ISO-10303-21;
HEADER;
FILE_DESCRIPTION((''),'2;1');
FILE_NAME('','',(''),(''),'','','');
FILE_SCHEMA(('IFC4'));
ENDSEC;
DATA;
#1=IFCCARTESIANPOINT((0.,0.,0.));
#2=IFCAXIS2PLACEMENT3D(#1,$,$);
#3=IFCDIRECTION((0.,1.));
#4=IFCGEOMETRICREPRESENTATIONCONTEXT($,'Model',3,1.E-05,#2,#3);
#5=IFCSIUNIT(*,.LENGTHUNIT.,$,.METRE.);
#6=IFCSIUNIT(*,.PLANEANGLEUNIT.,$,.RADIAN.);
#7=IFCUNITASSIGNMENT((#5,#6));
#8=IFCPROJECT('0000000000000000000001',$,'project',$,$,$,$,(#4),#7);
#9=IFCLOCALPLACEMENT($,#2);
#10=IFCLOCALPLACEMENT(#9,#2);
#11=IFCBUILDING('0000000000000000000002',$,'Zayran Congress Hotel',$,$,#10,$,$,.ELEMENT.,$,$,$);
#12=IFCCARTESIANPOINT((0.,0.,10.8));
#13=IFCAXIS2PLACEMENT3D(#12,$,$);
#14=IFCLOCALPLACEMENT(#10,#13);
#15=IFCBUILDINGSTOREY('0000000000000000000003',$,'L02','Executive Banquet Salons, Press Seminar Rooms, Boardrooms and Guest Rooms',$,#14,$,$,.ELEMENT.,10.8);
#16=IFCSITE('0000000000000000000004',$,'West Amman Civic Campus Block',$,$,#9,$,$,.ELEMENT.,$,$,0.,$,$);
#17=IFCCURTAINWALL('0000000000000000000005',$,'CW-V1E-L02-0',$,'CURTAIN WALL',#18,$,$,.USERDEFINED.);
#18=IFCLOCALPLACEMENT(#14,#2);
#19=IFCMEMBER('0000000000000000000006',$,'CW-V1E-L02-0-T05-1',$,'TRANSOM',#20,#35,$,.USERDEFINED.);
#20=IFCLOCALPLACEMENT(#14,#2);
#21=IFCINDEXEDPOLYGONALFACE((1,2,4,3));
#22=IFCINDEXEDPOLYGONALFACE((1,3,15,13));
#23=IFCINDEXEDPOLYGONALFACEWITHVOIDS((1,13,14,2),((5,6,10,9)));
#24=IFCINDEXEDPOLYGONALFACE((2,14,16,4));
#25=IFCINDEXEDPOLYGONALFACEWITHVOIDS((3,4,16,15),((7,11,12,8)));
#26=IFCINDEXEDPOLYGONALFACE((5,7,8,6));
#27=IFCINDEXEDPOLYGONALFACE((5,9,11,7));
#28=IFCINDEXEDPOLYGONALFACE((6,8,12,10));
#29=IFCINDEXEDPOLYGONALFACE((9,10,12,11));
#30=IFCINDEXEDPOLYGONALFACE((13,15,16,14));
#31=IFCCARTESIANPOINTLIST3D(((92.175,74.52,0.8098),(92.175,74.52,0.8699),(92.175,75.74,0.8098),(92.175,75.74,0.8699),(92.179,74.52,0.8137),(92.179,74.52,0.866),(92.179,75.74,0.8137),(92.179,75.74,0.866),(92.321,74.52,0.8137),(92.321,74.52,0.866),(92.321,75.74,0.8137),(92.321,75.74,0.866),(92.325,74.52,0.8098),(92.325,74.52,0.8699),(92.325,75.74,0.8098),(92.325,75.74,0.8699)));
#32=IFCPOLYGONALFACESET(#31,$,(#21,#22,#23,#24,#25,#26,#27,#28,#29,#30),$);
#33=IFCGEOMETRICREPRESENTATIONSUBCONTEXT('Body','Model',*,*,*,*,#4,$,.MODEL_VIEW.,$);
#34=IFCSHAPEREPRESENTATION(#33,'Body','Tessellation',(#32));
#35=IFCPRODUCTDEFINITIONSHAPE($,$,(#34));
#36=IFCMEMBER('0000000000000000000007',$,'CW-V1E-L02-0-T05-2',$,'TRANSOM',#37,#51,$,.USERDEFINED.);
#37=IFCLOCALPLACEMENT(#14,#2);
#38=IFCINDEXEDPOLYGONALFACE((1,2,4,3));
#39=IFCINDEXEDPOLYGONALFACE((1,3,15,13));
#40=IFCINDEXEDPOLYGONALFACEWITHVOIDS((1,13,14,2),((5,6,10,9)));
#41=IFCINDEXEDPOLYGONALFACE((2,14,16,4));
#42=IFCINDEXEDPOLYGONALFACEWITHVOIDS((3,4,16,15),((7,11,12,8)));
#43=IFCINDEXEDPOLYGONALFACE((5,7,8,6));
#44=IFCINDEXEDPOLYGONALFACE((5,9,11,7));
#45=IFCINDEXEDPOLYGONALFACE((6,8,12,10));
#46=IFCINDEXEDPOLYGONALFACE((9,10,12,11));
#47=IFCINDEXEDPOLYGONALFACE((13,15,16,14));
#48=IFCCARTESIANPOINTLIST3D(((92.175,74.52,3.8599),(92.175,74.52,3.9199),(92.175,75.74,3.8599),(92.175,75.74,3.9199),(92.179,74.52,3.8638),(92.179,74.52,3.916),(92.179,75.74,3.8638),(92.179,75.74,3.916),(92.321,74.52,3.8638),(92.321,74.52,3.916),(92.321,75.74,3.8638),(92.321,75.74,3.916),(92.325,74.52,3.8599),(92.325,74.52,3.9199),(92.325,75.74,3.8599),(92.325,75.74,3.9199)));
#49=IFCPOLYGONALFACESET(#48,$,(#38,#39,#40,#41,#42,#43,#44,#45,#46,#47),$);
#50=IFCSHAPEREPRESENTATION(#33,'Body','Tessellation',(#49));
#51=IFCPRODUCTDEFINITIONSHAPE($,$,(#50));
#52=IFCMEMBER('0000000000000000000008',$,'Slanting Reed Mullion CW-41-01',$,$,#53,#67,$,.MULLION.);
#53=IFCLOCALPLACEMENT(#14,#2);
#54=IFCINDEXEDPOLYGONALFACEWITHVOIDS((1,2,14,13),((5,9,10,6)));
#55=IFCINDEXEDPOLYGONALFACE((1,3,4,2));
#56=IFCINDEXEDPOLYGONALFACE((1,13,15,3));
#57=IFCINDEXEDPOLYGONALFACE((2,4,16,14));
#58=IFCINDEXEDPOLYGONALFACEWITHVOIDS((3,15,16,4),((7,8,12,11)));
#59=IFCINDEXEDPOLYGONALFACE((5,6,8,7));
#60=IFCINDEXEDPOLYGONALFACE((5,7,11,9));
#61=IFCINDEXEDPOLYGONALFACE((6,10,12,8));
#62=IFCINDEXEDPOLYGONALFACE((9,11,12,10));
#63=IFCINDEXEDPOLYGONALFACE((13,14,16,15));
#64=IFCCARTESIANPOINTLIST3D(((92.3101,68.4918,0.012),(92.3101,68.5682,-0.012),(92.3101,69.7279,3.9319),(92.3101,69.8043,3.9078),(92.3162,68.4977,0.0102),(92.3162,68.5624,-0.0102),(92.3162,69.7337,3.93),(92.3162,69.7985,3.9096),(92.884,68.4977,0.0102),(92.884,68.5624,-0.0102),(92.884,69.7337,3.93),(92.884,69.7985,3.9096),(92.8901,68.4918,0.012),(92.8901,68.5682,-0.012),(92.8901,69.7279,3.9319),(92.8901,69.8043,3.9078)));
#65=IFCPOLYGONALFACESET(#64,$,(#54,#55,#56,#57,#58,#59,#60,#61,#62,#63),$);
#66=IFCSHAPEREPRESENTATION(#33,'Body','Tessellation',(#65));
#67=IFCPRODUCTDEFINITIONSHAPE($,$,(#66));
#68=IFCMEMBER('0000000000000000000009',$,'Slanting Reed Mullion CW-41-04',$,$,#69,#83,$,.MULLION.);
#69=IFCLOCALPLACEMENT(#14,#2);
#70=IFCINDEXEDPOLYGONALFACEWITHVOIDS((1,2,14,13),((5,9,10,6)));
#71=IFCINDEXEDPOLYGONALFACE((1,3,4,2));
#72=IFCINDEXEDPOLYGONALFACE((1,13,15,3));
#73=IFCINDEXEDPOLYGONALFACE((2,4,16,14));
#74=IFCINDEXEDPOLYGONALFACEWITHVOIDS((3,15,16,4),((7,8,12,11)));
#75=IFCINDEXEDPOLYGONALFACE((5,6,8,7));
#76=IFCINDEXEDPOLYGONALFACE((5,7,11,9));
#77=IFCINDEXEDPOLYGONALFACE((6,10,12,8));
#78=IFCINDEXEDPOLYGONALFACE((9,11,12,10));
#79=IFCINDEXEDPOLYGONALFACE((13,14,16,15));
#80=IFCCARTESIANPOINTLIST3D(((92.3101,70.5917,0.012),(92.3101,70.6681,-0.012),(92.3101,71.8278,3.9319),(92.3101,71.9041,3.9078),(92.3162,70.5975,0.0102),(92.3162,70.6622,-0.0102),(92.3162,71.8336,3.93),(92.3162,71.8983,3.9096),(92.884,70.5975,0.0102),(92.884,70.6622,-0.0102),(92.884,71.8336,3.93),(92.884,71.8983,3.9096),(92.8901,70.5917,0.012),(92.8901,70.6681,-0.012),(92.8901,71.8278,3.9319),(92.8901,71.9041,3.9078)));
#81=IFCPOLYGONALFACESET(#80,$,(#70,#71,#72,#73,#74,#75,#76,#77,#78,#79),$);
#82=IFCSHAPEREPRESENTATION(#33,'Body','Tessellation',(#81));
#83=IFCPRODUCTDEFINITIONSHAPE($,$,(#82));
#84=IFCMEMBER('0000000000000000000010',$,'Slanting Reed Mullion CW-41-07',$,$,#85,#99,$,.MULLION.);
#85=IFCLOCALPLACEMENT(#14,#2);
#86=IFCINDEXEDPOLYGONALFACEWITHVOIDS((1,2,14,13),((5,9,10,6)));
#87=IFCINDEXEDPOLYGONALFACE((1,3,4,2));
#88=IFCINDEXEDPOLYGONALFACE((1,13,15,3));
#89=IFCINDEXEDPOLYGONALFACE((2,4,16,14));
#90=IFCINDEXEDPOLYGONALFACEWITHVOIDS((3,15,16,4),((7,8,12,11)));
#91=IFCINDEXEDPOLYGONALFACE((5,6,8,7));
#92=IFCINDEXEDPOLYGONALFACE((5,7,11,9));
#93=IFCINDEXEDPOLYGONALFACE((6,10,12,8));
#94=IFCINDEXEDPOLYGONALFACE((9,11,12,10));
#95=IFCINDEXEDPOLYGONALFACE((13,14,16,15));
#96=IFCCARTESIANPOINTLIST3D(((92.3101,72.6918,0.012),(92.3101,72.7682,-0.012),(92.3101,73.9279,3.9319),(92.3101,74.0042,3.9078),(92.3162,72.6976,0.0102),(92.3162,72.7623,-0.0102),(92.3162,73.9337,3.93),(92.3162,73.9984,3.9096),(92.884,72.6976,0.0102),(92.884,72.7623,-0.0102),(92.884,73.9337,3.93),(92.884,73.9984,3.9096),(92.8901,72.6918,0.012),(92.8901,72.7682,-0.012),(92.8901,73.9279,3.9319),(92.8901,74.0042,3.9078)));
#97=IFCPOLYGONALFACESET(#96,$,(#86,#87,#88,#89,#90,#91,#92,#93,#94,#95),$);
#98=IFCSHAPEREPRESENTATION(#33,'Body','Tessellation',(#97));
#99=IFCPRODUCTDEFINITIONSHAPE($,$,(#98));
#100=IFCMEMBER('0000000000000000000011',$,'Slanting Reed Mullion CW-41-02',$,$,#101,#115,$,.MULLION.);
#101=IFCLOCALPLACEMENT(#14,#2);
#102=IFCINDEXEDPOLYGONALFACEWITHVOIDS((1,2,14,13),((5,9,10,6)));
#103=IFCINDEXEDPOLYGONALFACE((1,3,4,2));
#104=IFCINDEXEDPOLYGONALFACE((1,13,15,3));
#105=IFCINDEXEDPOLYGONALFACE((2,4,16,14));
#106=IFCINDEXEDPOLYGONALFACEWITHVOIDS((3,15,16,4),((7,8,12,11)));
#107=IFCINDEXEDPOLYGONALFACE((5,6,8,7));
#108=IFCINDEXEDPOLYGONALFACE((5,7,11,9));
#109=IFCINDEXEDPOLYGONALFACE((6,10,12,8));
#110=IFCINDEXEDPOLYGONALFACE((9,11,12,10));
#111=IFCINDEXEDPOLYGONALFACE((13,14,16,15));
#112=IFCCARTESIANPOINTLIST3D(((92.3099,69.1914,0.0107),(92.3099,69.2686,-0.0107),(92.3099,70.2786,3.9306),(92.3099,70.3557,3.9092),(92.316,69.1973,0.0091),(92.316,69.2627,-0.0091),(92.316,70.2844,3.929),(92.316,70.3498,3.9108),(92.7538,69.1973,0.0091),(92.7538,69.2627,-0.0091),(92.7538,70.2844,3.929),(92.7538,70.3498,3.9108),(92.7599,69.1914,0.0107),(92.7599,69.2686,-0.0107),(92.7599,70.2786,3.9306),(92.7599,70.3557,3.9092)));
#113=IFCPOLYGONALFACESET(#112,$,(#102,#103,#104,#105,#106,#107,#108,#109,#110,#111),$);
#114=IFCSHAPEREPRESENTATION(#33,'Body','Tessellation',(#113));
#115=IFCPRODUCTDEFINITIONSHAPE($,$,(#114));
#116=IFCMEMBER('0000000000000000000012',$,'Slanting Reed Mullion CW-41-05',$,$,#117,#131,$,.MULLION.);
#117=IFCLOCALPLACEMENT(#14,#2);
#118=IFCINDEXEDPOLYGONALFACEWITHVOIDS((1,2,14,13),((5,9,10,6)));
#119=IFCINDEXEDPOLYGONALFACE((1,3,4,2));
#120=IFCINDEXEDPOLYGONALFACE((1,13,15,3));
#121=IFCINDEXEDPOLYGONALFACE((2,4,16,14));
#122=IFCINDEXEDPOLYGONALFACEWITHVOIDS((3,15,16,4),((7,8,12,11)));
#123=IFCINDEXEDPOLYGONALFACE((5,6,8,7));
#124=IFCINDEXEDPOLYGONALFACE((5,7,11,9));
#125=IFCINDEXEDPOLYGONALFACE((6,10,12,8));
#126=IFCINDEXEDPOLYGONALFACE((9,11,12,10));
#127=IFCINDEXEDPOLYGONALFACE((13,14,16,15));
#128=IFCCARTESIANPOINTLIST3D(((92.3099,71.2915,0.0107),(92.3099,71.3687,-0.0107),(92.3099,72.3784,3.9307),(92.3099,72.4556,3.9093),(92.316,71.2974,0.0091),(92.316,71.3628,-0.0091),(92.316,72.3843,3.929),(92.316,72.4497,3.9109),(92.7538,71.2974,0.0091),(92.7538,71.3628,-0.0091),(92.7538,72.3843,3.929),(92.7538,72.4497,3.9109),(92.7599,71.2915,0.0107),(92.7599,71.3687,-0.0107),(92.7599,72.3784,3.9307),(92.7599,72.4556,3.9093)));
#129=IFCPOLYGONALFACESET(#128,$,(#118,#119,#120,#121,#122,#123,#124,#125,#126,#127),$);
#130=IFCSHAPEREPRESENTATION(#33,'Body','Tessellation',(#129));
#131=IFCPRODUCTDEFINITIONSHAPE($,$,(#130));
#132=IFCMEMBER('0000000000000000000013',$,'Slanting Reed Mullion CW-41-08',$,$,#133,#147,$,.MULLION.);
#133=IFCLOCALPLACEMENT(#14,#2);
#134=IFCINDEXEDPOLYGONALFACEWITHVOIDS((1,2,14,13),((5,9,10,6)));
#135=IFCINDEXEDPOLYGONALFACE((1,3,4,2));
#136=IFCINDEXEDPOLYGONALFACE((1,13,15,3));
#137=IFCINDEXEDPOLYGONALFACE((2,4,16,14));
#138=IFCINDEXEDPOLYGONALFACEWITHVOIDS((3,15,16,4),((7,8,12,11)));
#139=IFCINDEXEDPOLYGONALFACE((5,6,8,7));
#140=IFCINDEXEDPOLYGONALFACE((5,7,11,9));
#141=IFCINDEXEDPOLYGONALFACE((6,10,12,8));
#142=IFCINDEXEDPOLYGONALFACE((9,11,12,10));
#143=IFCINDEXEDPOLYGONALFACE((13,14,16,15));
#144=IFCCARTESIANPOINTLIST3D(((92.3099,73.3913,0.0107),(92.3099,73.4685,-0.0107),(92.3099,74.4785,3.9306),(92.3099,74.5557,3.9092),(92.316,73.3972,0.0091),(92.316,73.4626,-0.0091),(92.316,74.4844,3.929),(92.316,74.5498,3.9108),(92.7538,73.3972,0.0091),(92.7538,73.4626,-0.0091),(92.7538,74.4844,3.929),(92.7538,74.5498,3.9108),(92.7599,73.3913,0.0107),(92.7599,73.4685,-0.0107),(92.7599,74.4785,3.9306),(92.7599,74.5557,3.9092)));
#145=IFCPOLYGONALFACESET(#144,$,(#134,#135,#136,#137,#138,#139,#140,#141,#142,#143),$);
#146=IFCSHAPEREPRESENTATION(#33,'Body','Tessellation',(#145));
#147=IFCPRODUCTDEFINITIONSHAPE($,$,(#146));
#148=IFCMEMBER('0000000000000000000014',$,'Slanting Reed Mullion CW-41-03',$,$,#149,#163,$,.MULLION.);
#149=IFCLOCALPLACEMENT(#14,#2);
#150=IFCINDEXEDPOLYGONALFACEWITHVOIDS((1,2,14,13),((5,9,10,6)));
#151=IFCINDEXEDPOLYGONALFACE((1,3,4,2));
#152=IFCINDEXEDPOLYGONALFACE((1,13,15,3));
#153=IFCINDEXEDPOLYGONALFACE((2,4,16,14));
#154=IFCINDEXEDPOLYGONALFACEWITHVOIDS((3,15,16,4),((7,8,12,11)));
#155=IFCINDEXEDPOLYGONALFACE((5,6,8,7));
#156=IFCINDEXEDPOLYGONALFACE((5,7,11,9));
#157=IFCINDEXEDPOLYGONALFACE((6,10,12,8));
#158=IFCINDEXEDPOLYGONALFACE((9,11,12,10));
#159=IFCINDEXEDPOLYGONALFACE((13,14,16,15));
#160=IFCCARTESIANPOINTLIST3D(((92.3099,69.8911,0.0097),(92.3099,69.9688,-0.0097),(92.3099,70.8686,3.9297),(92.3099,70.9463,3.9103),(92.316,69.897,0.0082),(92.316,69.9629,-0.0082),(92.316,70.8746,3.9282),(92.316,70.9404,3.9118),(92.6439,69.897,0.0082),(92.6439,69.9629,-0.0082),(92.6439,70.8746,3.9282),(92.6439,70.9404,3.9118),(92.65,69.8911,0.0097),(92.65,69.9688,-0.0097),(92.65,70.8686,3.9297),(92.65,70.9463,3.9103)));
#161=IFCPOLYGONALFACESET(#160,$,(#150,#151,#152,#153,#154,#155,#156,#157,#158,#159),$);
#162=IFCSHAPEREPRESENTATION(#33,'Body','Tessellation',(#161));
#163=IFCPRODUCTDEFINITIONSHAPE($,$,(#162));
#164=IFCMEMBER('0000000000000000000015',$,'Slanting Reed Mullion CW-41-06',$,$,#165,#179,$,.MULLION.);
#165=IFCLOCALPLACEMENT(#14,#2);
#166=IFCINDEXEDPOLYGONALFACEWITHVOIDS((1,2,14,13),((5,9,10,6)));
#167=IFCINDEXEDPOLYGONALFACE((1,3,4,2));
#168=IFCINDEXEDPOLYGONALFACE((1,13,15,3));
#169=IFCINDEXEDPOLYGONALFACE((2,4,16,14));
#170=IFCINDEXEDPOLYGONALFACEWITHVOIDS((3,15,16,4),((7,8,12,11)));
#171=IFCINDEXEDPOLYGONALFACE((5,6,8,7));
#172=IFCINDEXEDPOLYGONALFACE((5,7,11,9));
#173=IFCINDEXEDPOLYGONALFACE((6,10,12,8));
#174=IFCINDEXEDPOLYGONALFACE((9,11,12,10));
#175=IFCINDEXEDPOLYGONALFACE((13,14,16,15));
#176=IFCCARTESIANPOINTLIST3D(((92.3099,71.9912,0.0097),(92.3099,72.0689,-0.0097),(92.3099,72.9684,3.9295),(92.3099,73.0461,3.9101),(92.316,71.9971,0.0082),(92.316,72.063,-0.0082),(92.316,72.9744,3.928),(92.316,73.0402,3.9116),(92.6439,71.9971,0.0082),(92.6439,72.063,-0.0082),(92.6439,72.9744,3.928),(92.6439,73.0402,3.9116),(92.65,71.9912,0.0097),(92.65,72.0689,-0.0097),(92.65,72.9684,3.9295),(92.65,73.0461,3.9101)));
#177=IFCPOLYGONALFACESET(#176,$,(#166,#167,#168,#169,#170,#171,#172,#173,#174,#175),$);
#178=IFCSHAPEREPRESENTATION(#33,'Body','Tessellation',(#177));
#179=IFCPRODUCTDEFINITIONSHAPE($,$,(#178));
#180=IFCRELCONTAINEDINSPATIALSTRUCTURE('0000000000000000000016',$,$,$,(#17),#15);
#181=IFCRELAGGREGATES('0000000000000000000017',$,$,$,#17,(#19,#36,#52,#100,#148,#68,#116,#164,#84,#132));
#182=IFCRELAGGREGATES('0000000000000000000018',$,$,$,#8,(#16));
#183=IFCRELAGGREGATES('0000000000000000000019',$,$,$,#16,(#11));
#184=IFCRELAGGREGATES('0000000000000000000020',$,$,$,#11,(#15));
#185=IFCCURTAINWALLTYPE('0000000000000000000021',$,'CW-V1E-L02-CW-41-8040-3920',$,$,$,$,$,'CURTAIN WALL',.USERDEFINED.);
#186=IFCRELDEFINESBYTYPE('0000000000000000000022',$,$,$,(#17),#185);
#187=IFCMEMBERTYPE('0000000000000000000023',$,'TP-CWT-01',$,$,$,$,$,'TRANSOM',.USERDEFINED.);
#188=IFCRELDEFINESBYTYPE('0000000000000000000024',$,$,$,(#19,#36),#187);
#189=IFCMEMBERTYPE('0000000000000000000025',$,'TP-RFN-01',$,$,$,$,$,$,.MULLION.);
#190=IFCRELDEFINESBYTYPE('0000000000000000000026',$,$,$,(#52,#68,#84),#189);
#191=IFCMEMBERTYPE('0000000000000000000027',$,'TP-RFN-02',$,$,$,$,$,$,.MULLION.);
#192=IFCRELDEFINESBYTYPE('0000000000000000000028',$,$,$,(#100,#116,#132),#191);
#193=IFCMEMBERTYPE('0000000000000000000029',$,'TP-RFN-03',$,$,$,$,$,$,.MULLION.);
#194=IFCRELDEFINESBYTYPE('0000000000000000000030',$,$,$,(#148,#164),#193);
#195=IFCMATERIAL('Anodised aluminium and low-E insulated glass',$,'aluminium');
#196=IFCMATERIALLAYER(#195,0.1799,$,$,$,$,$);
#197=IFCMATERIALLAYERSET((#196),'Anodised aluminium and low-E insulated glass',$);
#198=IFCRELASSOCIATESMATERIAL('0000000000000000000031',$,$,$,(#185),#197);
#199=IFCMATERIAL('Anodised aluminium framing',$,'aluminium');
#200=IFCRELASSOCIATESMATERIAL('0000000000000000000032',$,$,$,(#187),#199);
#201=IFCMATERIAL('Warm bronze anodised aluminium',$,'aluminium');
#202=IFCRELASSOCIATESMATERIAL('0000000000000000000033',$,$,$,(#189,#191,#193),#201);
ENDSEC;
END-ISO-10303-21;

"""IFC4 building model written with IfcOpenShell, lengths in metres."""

from ifc_helpers import new_model, si_unit, direction, frame, origin, origin_2d, place, context, subcontext, project, spatial, hollow_rectangle, extrude, material, layer, layer_set, material_profile, profile_set, type_object, element, aggregate, save


model = new_model("IFC4")

# Units and contexts
model_context = context("Model", 3, precision=1e-05, world=origin(), true_north=direction((0.0, 1.0)))
body_context = subcontext(model_context, "Body", "Model", "MODEL_VIEW")
ifc_project = project(units=[si_unit("LENGTHUNIT", "METRE"), si_unit("PLANEANGLEUNIT", "RADIAN")], contexts=[model_context])

# Site, building, storey
site_placement = place(None, origin())
site = spatial("IfcSite", under=ifc_project, at=site_placement, Name="West Amman Civic Campus Block", CompositionType="ELEMENT", RefElevation=0.0)
building_placement = place(site_placement, origin())
building = spatial("IfcBuilding", under=site, at=building_placement, Name="Zayran Congress Hotel", CompositionType="ELEMENT")
storey_placement = place(building_placement, frame((0.0, 0.0, 10.8)))
storey = spatial("IfcBuildingStorey", under=building, at=storey_placement, Name="L02", Description="Executive Banquet Salons, Press Seminar Rooms, Boardrooms and Guest Rooms", CompositionType="ELEMENT", Elevation=10.8)

# Shared definitions
ifc_material_1 = material(Name="Anodised aluminium and low-E insulated glass", Category="aluminium")
ifc_material_2 = material(Name="Anodised aluminium framing", Category="aluminium")

# Curtain wall, members
ifc_layer_1 = layer(ifc_material_1, 0.1799)
ifc_layer_set_1 = layer_set([ifc_layer_1], Name="Anodised aluminium and low-E insulated glass")
curtain_wall_type_1 = type_object("IfcCurtainWallType", Name="CW-V1E-L02-CW-41-8040-3920", ElementType="CURTAIN WALL", PredefinedType="USERDEFINED", material=ifc_layer_set_1)
curtain_wall_1_placement = place(storey_placement, origin())
curtain_wall_1 = element("IfcCurtainWall", 1, at=curtain_wall_1_placement, inside=storey, type_object=curtain_wall_type_1, Name="CW-V1E-L02-0", ObjectType="CURTAIN WALL", PredefinedType="USERDEFINED")
ifc_material_profile_1 = material_profile(ifc_material_2, hollow_rectangle(XDim=0.0601, YDim=0.1499, WallThickness=0.0039, at=origin_2d()), Name="RHS 150x60x4")
ifc_profile_set_1 = profile_set([ifc_material_profile_1], Name="Anodised aluminium framing")
member_type_1 = type_object("IfcMemberType", Name="TP-CWT-01", ElementType="TRANSOM", PredefinedType="USERDEFINED", material=ifc_profile_set_1)
member_1_placement = place(storey_placement, frame((92.25, 74.52, 0.8398), z_axis=(0.0, 1.0, 0.0), x_axis=(0.0, 0.0, 1.0)))
member_1 = element("IfcMember", 2, at=member_1_placement, type_object=member_type_1, Name="CW-V1E-L02-0-T05-1", ObjectType="TRANSOM", PredefinedType="USERDEFINED", context=body_context, shape_type="SweptSolid", body=[
    extrude(hollow_rectangle(XDim=0.0601, YDim=0.1499, WallThickness=0.0039, at=origin_2d()), origin(), (0.0, 0.0, 1.0), 1.22),
])
member_2_placement = place(storey_placement, frame((92.25, 74.52, 3.8899), z_axis=(0.0, 1.0, 0.0), x_axis=(0.0, 0.0, 1.0)))
member_2 = element("IfcMember", 3, at=member_2_placement, type_object=member_type_1, Name="CW-V1E-L02-0-T05-2", ObjectType="TRANSOM", PredefinedType="USERDEFINED", context=body_context, shape_type="SweptSolid", body=[
    extrude(hollow_rectangle(XDim=0.0601, YDim=0.1499, WallThickness=0.0039, at=origin_2d()), origin(), (0.0, 0.0, 1.0), 1.22),
])
ifc_material_3 = material(Name="Warm bronze anodised aluminium", Category="aluminium")
ifc_material_profile_2 = material_profile(ifc_material_3, hollow_rectangle(XDim=0.0801, YDim=0.5801, WallThickness=0.0061, at=origin_2d()), Name="RHS 580x80x6")
ifc_profile_set_2 = profile_set([ifc_material_profile_2], Name="Warm bronze anodised aluminium")
member_type_2 = type_object("IfcMemberType", Name="TP-RFN-01", PredefinedType="MULLION", material=ifc_profile_set_2)
member_3_placement = place(storey_placement, frame((92.6001, 68.53, 0.0), z_axis=(0.0, 0.300736, 0.953707), x_axis=(0.0, -0.953707, 0.300736)))
member_3 = element("IfcMember", 4, at=member_3_placement, type_object=member_type_2, Name="Slanting Reed Mullion CW-41-01", PredefinedType="MULLION", context=body_context, shape_type="SweptSolid", body=[
    extrude(hollow_rectangle(XDim=0.0801, YDim=0.5801, WallThickness=0.0061, at=origin_2d()), origin(), (0.0, 0.0, 1.0), 4.1101),
])
member_4_placement = place(storey_placement, frame((92.6001, 70.6299, 0.0), z_axis=(0.0, 0.300736, 0.953707), x_axis=(0.0, -0.953707, 0.300736)))
member_4 = element("IfcMember", 5, at=member_4_placement, type_object=member_type_2, Name="Slanting Reed Mullion CW-41-04", PredefinedType="MULLION", context=body_context, shape_type="SweptSolid", body=[
    extrude(hollow_rectangle(XDim=0.0801, YDim=0.5801, WallThickness=0.0061, at=origin_2d()), origin(), (0.0, 0.0, 1.0), 4.1101),
])
member_5_placement = place(storey_placement, frame((92.6001, 72.73, 0.0), z_axis=(0.0, 0.300736, 0.953707), x_axis=(0.0, -0.953707, 0.300736)))
member_5 = element("IfcMember", 6, at=member_5_placement, type_object=member_type_2, Name="Slanting Reed Mullion CW-41-07", PredefinedType="MULLION", context=body_context, shape_type="SweptSolid", body=[
    extrude(hollow_rectangle(XDim=0.0801, YDim=0.5801, WallThickness=0.0061, at=origin_2d()), origin(), (0.0, 0.0, 1.0), 4.1101),
])
ifc_material_profile_3 = material_profile(ifc_material_3, hollow_rectangle(XDim=0.0801, YDim=0.45, WallThickness=0.0061, at=origin_2d()), Name="RHS 450x80x6")
ifc_profile_set_3 = profile_set([ifc_material_profile_3], Name="Warm bronze anodised aluminium")
member_type_3 = type_object("IfcMemberType", Name="TP-RFN-02", PredefinedType="MULLION", material=ifc_profile_set_3)
member_6_placement = place(storey_placement, frame((92.5349, 69.23, 0.0), z_axis=(0.0, 0.267254, 0.963626), x_axis=(0.0, -0.963626, 0.267254)))
member_6 = element("IfcMember", 7, at=member_6_placement, type_object=member_type_3, Name="Slanting Reed Mullion CW-41-02", PredefinedType="MULLION", context=body_context, shape_type="SweptSolid", body=[
    extrude(hollow_rectangle(XDim=0.0801, YDim=0.45, WallThickness=0.0061, at=origin_2d()), origin(), (0.0, 0.0, 1.0), 4.0679),
])
member_7_placement = place(storey_placement, frame((92.5349, 71.3301, 0.0), z_axis=(0.0, 0.267198, 0.963642), x_axis=(0.0, -0.963642, 0.267198)))
member_7 = element("IfcMember", 8, at=member_7_placement, type_object=member_type_3, Name="Slanting Reed Mullion CW-41-05", PredefinedType="MULLION", context=body_context, shape_type="SweptSolid", body=[
    extrude(hollow_rectangle(XDim=0.0801, YDim=0.45, WallThickness=0.0061, at=origin_2d()), origin(), (0.0, 0.0, 1.0), 4.0679),
])
member_8_placement = place(storey_placement, frame((92.5349, 73.4299, 0.0), z_axis=(0.0, 0.267254, 0.963626), x_axis=(0.0, -0.963626, 0.267254)))
member_8 = element("IfcMember", 9, at=member_8_placement, type_object=member_type_3, Name="Slanting Reed Mullion CW-41-08", PredefinedType="MULLION", context=body_context, shape_type="SweptSolid", body=[
    extrude(hollow_rectangle(XDim=0.0801, YDim=0.45, WallThickness=0.0061, at=origin_2d()), origin(), (0.0, 0.0, 1.0), 4.0679),
])
ifc_material_profile_4 = material_profile(ifc_material_3, hollow_rectangle(XDim=0.0801, YDim=0.3401, WallThickness=0.0061, at=origin_2d()), Name="RHS 340x80x6")
ifc_profile_set_4 = profile_set([ifc_material_profile_4], Name="Warm bronze anodised aluminium")
member_type_4 = type_object("IfcMemberType", Name="TP-RFN-03", PredefinedType="MULLION", material=ifc_profile_set_4)
member_9_placement = place(storey_placement, frame((92.48, 69.9299, 0.0), z_axis=(0.0, 0.241967, 0.970285), x_axis=(0.0, -0.970285, 0.241967)))
member_9 = element("IfcMember", 10, at=member_9_placement, type_object=member_type_4, Name="Slanting Reed Mullion CW-41-03", PredefinedType="MULLION", context=body_context, shape_type="SweptSolid", body=[
    extrude(hollow_rectangle(XDim=0.0801, YDim=0.3401, WallThickness=0.0061, at=origin_2d()), origin(), (0.0, 0.0, 1.0), 4.04),
])
member_10_placement = place(storey_placement, frame((92.48, 72.03, 0.0), z_axis=(0.0, 0.24191, 0.970299), x_axis=(0.0, -0.970299, 0.24191)))
member_10 = element("IfcMember", 11, at=member_10_placement, type_object=member_type_4, Name="Slanting Reed Mullion CW-41-06", PredefinedType="MULLION", context=body_context, shape_type="SweptSolid", body=[
    extrude(hollow_rectangle(XDim=0.0801, YDim=0.3401, WallThickness=0.0061, at=origin_2d()), origin(), (0.0, 0.0, 1.0), 4.0398),
])
aggregate(curtain_wall_1, [member_1, member_2, member_3, member_6, member_9, member_4, member_7, member_10, member_5, member_8])

save(model, "model.ifc")
